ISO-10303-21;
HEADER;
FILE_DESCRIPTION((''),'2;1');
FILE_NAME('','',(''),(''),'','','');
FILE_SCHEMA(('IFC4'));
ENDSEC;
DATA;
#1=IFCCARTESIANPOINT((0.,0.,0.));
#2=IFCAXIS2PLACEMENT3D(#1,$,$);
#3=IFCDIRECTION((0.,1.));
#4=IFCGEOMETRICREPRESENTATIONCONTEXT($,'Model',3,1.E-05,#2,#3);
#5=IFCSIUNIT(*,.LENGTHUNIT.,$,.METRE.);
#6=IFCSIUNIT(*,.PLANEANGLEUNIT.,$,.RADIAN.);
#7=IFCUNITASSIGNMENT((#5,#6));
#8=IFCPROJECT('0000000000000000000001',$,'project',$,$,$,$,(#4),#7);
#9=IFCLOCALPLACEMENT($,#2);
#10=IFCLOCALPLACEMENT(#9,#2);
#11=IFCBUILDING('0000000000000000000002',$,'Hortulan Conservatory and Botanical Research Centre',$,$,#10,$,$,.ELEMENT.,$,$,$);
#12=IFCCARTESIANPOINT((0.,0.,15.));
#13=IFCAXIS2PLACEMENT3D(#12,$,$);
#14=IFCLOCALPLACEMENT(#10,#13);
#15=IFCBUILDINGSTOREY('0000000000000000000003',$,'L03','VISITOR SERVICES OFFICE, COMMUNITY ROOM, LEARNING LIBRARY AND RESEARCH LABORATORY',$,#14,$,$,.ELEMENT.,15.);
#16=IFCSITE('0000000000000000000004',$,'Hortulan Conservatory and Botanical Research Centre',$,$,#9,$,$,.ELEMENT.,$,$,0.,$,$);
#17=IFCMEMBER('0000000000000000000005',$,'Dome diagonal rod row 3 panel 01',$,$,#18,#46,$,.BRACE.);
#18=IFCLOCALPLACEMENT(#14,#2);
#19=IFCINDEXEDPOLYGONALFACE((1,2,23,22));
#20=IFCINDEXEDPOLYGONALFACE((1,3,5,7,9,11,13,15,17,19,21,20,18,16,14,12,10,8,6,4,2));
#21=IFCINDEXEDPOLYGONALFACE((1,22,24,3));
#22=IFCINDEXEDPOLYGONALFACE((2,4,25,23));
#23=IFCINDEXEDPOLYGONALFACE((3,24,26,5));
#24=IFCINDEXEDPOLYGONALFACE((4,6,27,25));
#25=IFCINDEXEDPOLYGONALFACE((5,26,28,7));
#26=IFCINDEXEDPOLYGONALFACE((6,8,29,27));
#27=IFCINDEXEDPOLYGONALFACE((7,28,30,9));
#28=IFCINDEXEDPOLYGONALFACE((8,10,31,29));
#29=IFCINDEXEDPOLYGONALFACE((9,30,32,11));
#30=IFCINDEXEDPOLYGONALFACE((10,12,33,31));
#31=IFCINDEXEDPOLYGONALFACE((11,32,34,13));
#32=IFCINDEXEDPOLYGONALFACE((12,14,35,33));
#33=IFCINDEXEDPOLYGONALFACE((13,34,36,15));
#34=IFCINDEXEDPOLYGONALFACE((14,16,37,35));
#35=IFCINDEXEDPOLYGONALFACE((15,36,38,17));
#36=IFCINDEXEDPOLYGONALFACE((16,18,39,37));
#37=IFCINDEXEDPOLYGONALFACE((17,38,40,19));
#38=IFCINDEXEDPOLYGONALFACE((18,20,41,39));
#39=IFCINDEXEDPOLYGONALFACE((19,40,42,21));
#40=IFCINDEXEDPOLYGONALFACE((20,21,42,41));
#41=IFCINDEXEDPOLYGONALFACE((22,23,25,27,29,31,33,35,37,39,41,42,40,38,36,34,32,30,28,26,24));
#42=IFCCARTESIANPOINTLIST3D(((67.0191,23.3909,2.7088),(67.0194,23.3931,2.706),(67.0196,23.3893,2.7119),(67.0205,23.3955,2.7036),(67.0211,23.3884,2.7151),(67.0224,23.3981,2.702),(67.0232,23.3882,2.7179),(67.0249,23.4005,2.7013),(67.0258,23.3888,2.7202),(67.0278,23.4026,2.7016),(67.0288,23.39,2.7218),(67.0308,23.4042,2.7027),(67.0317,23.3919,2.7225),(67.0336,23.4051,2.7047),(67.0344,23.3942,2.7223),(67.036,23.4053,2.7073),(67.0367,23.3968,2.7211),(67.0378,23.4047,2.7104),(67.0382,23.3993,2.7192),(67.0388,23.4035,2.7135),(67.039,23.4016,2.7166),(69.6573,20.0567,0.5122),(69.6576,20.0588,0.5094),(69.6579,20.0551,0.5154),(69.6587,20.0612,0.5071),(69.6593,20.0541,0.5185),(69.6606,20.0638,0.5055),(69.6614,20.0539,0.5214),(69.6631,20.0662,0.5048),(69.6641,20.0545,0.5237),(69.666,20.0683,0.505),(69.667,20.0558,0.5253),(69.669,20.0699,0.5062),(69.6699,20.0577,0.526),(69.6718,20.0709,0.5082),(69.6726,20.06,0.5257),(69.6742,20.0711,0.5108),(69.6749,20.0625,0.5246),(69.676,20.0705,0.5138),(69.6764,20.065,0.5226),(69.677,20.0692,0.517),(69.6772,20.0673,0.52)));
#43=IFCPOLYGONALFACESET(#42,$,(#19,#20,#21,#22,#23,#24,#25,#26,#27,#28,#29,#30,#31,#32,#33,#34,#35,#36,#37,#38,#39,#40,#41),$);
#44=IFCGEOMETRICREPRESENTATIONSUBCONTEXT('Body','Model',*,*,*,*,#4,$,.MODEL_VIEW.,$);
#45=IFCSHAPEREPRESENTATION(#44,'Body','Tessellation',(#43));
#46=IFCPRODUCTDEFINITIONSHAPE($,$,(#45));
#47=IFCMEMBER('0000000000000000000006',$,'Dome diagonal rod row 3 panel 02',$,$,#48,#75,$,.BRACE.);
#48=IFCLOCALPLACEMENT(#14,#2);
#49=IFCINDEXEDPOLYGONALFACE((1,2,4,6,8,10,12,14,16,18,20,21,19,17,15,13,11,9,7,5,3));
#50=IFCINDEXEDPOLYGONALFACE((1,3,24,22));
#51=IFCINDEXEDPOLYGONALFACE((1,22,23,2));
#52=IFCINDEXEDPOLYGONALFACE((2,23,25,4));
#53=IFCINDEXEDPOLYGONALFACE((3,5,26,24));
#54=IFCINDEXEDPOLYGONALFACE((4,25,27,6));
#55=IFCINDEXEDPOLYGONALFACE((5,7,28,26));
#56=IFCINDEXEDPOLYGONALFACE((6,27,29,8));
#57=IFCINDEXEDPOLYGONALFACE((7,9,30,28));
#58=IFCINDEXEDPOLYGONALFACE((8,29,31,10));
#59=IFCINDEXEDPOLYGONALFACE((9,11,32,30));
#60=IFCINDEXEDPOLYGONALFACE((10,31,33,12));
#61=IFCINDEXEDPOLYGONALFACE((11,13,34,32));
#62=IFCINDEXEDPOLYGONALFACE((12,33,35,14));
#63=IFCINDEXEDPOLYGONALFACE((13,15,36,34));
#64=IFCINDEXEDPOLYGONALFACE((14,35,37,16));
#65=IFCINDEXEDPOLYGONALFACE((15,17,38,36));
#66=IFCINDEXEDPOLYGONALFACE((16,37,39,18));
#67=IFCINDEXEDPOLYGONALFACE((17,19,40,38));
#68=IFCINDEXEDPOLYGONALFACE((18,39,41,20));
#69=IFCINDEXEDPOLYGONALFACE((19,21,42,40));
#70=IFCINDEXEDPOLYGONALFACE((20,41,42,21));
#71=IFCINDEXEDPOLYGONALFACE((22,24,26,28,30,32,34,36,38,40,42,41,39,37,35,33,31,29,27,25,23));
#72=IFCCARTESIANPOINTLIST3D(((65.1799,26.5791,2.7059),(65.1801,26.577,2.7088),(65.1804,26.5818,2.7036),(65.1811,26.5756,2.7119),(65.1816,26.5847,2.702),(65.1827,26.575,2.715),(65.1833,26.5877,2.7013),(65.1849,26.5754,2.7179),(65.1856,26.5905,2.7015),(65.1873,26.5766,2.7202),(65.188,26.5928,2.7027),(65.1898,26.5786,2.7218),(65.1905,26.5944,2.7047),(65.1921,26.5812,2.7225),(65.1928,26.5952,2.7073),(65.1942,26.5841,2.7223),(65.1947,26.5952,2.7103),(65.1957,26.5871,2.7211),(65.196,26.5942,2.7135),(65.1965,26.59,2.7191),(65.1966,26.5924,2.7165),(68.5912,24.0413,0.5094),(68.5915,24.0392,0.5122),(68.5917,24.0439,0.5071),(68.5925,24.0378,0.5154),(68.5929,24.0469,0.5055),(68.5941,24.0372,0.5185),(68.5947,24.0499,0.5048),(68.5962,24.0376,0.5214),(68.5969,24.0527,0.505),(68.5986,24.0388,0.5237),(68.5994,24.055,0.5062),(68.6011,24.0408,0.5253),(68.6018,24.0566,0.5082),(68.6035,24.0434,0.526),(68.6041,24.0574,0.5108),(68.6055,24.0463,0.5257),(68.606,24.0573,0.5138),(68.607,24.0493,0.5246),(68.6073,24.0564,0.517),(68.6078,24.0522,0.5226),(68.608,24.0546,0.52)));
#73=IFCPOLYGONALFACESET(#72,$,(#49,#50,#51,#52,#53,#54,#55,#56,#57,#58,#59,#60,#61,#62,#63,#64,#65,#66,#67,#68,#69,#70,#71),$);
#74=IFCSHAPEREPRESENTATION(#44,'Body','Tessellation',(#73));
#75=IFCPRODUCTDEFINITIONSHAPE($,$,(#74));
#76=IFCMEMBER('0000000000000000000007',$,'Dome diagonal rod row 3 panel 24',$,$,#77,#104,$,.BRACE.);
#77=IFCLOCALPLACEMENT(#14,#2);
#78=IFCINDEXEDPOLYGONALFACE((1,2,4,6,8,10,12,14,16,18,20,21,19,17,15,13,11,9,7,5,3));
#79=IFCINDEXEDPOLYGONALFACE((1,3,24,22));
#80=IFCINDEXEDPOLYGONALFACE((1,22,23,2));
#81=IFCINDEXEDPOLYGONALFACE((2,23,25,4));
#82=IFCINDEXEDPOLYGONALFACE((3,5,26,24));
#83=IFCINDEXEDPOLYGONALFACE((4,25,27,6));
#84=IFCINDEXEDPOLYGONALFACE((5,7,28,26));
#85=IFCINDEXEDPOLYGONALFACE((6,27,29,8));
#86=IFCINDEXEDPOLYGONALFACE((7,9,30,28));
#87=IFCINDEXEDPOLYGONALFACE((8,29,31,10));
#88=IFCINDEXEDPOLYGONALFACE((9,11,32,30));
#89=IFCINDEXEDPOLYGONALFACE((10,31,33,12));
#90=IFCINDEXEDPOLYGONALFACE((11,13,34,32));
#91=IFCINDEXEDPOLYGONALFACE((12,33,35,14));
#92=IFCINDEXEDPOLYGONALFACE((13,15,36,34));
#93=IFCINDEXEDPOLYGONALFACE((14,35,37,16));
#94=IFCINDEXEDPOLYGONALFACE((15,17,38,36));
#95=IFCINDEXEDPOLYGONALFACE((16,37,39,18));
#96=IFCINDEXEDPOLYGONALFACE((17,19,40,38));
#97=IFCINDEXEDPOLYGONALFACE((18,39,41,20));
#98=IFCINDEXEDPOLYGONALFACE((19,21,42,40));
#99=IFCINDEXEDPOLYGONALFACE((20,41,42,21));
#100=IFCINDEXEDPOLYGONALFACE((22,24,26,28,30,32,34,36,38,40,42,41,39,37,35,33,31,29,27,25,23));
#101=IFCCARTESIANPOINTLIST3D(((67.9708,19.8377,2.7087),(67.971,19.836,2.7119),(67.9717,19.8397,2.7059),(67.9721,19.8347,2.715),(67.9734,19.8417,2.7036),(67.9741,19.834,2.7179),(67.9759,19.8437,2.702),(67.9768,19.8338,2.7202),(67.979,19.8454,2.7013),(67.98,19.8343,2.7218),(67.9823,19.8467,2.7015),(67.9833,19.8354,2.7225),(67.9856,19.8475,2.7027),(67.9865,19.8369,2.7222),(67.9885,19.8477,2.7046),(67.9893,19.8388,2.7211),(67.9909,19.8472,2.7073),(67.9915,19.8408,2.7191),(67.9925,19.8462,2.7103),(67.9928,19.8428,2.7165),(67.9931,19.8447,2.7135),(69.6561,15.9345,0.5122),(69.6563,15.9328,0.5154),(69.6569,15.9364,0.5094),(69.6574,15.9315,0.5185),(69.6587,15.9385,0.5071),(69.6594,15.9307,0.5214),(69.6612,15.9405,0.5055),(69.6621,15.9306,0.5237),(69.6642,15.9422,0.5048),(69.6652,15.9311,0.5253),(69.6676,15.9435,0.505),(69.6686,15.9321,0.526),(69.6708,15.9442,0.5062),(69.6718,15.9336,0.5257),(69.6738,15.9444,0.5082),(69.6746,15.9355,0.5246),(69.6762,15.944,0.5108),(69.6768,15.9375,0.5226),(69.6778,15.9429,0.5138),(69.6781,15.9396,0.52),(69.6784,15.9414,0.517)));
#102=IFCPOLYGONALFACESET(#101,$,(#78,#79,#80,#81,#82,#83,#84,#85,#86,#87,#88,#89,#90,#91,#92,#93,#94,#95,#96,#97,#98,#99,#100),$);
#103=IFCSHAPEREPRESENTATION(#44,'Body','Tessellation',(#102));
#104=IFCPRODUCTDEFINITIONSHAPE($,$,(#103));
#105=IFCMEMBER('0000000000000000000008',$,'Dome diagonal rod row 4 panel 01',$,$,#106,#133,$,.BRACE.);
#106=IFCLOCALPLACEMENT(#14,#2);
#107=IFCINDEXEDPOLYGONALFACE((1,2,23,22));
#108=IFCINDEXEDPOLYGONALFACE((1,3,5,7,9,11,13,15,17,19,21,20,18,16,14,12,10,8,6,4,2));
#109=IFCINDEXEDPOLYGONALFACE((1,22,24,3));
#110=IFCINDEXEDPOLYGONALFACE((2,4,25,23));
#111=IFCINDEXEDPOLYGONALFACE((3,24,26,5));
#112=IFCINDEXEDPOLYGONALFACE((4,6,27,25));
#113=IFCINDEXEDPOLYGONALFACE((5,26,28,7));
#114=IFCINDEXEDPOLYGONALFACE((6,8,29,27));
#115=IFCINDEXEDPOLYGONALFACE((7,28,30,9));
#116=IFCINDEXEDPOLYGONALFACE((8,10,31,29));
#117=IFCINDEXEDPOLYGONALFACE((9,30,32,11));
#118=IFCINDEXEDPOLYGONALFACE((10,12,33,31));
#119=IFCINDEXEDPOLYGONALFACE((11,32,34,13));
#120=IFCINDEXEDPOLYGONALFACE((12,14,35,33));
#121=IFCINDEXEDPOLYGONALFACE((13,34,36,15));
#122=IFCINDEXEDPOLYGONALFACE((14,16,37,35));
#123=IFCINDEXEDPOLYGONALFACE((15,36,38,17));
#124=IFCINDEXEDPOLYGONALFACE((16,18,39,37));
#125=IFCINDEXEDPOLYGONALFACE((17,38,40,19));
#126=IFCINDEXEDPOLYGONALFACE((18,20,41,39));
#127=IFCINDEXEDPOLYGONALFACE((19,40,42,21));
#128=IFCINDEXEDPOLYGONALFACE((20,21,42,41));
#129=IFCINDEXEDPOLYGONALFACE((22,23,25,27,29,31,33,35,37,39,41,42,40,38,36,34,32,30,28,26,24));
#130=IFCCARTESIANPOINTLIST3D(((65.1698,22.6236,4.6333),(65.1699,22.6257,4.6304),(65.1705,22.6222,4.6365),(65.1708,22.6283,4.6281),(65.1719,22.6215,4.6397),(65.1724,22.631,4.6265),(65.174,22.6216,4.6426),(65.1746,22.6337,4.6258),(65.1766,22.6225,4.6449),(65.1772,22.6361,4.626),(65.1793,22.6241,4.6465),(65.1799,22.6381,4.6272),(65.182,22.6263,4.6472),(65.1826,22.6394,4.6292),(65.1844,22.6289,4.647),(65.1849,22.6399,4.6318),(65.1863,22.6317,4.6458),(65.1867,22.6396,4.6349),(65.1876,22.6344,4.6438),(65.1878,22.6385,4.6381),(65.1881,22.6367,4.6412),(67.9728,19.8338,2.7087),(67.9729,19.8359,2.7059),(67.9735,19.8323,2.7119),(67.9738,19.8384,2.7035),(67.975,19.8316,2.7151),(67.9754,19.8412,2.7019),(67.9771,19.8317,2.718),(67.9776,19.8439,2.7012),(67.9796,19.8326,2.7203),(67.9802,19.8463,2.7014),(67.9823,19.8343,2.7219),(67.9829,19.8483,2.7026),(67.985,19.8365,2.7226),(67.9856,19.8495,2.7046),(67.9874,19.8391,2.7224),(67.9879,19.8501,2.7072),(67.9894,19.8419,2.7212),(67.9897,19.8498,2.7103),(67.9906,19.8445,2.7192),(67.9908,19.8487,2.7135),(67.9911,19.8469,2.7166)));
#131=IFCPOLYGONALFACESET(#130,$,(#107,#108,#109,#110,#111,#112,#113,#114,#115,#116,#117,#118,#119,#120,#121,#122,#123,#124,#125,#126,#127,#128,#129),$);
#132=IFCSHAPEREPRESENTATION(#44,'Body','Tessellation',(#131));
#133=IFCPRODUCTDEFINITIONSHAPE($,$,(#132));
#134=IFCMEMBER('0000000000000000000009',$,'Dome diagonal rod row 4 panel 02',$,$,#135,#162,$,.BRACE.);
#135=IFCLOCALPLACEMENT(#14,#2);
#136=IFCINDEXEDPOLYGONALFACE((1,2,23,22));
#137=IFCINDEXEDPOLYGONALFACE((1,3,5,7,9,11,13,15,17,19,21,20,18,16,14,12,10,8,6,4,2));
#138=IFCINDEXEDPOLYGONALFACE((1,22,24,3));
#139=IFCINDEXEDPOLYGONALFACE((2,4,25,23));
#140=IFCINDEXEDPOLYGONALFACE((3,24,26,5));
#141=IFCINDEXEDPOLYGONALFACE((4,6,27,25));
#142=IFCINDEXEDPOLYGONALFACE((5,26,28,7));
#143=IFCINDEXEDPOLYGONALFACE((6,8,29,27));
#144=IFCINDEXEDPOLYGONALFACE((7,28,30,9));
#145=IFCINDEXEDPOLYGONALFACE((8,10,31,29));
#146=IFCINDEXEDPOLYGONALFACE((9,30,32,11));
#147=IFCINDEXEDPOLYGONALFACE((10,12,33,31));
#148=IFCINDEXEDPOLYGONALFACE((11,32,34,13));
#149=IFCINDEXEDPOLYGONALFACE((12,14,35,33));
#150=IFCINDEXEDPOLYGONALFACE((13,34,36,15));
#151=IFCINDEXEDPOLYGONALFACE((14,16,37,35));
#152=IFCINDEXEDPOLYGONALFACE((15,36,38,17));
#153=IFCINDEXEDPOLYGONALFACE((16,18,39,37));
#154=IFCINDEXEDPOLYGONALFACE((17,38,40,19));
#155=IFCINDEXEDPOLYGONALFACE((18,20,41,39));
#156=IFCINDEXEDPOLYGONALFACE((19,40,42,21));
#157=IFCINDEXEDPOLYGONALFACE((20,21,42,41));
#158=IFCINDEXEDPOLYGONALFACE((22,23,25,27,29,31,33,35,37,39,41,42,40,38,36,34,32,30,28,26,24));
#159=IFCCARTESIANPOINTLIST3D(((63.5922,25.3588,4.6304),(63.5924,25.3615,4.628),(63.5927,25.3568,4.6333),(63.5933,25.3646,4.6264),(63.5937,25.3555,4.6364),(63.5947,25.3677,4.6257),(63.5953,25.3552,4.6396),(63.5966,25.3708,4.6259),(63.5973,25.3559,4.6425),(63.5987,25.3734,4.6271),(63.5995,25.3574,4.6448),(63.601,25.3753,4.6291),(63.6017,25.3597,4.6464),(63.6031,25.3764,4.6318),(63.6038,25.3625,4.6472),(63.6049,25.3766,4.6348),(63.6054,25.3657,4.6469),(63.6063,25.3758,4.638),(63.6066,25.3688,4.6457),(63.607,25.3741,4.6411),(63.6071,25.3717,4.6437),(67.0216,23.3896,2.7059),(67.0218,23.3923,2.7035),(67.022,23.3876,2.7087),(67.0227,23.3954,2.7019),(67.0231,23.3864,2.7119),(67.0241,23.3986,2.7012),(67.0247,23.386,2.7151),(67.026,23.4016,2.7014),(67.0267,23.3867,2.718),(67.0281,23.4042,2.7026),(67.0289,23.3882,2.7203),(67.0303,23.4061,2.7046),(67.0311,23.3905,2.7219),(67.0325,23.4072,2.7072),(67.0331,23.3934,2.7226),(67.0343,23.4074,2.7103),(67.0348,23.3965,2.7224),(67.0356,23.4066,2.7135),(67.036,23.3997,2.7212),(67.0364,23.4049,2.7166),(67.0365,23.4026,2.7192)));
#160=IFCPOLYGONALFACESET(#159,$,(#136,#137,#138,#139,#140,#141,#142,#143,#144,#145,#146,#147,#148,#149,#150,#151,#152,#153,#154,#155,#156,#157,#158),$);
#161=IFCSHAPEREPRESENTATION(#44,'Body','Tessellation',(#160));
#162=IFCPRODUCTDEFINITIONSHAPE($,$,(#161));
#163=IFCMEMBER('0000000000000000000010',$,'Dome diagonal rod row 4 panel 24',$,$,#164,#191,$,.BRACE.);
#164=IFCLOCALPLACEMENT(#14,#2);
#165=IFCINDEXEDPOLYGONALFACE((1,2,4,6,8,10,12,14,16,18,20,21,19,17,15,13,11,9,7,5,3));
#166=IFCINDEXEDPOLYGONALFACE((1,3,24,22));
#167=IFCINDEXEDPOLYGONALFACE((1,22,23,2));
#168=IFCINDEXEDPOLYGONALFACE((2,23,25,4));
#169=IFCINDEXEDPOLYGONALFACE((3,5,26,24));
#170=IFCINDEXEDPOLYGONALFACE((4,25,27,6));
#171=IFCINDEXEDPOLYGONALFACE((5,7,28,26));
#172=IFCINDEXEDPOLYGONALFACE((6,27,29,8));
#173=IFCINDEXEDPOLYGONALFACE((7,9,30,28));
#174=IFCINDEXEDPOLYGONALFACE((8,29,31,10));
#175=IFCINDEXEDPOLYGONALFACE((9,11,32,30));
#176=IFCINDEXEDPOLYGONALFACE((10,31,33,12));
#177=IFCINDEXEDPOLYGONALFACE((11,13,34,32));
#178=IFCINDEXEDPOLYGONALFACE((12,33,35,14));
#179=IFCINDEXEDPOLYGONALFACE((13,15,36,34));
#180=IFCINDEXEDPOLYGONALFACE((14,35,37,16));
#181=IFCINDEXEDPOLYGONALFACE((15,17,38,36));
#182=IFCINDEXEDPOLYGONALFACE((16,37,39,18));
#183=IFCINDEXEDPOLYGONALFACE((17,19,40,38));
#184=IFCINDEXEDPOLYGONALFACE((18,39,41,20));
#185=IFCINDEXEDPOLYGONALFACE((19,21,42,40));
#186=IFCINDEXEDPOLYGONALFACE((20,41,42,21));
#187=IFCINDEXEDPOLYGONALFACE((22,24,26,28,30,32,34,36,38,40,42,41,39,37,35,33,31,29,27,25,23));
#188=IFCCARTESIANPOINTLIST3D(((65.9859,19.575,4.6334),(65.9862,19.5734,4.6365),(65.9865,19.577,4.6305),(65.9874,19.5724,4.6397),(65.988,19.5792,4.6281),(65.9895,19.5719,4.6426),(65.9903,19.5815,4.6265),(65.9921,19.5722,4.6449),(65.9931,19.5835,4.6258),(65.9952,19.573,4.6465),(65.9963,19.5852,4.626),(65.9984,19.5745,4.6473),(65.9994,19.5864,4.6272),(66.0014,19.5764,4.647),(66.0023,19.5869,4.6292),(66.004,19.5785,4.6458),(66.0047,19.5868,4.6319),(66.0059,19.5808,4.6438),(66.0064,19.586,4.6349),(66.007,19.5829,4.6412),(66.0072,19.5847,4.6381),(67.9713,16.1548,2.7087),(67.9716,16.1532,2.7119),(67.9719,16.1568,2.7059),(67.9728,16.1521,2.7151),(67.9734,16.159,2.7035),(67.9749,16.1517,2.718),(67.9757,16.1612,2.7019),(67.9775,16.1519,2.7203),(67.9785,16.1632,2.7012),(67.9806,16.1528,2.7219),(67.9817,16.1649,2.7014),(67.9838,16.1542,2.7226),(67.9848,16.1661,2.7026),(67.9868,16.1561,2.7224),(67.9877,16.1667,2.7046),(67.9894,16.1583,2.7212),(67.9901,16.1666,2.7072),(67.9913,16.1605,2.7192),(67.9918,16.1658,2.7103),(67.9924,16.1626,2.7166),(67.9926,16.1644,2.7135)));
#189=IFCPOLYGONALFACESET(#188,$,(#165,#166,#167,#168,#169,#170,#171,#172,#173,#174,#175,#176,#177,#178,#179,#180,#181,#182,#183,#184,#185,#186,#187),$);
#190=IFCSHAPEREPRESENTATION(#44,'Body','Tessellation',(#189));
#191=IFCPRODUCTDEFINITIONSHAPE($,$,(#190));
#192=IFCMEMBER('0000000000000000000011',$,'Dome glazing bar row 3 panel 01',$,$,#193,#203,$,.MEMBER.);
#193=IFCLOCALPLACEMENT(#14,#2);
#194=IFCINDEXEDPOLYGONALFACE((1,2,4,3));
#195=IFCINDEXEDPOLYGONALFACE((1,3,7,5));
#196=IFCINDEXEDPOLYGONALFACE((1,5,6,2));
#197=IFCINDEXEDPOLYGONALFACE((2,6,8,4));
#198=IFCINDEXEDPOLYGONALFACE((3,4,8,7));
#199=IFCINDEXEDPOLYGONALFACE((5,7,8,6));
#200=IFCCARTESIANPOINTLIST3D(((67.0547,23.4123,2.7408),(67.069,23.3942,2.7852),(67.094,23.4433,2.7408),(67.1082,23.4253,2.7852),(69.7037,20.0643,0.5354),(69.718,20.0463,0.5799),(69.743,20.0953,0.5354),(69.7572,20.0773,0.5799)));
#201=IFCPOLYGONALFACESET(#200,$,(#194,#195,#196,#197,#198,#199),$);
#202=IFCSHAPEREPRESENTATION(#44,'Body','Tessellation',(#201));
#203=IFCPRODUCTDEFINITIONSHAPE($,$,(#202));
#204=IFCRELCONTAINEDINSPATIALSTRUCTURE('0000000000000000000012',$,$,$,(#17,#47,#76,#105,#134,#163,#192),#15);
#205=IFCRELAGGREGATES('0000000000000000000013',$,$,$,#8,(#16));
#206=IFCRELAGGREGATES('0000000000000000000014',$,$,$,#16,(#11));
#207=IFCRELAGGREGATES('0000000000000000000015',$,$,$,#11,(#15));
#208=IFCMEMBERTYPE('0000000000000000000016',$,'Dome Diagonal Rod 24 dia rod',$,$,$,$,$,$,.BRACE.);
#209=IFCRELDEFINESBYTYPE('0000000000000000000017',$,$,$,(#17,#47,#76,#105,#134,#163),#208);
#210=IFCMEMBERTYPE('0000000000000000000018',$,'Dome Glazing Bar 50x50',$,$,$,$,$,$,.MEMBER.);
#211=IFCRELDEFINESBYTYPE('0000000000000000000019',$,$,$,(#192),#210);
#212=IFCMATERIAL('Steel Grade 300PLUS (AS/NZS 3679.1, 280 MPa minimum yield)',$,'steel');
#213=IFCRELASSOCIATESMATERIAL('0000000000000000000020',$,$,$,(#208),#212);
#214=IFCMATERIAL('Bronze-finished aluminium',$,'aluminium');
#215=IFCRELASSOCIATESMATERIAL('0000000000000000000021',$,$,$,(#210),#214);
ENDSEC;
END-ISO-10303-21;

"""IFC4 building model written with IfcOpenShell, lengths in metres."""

from ifc_helpers import new_model, si_unit, direction, frame, origin, origin_2d, place, context, subcontext, project, spatial, rectangle, circle, extrude, material, material_profile, profile_set, type_object, element, save


model = new_model("IFC4")

# Units and contexts
model_context = context("Model", 3, precision=1e-05, world=origin(), true_north=direction((0.0, 1.0)))
body_context = subcontext(model_context, "Body", "Model", "MODEL_VIEW")
ifc_project = project(units=[si_unit("LENGTHUNIT", "METRE"), si_unit("PLANEANGLEUNIT", "RADIAN")], contexts=[model_context])

# Site, building, storey
site_placement = place(None, origin())
site = spatial("IfcSite", under=ifc_project, at=site_placement, Name="Hortulan Conservatory and Botanical Research Centre", CompositionType="ELEMENT", RefElevation=0.0)
building_placement = place(site_placement, origin())
building = spatial("IfcBuilding", under=site, at=building_placement, Name="Hortulan Conservatory and Botanical Research Centre", CompositionType="ELEMENT")
storey_placement = place(building_placement, frame((0.0, 0.0, 15.0)))
storey = spatial("IfcBuildingStorey", under=building, at=storey_placement, Name="L03", Description="VISITOR SERVICES OFFICE, COMMUNITY ROOM, LEARNING LIBRARY AND RESEARCH LABORATORY", CompositionType="ELEMENT", Elevation=15.0)

# Members
ifc_material_1 = material(Name="Steel Grade 300PLUS (AS/NZS 3679.1, 280 MPa minimum yield)", Category="steel")
ifc_material_profile_1 = material_profile(ifc_material_1, circle(Radius=0.012, at=origin_2d()), Name="24 dia rod")
ifc_profile_set_1 = profile_set([ifc_material_profile_1], Name="Steel Grade 300PLUS (AS/NZS 3679.1, 280 MPa minimum yield)")
member_type_1 = type_object("IfcMemberType", Name="Dome Diagonal Rod 24 dia rod", PredefinedType="BRACE", material=ifc_profile_set_1)
for number, where, z_axis, x_axis, name in (
    (1, (69.6672, 20.0625, 0.5154), (-0.551277, 0.696723, 0.458989), (-0.784208, -0.620498, 0.0), "Dome diagonal rod row 3 panel 01"),
    (2, (68.5996, 24.0474, 0.5154), (-0.712828, 0.530297, 0.458979), (-0.596881, -0.80233, 0.0), "Dome diagonal rod row 3 panel 02"),
):
    element("IfcMember", number, at=place(storey_placement, frame(where, z_axis=z_axis, x_axis=x_axis)), inside=storey, type_object=member_type_1, Name=name, PredefinedType="BRACE", context=body_context, shape_type="SweptSolid", body=[
        extrude(circle(Radius=0.012, at=origin_2d()), origin(), (0.0, 0.0, 1.0), 4.7856),
    ])
member_1_placement = place(storey_placement, frame((69.6672, 15.9375, 0.5154), z_axis=(-0.352169, 0.815657, 0.458999), x_axis=(-0.918081, -0.396392, 0.0)))
element("IfcMember", 3, at=member_1_placement, inside=storey, type_object=member_type_1, Name="Dome diagonal rod row 3 panel 24", PredefinedType="BRACE", context=body_context, shape_type="SweptSolid", body=[
    extrude(circle(Radius=0.012, at=origin_2d()), origin(), (0.0, 0.0, 1.0), 4.7854),
])
member_2_placement = place(storey_placement, frame((67.9819, 19.8408, 2.7119), z_axis=(-0.637311, 0.634313, 0.437586), x_axis=(-0.705438, -0.708772, 0.0)))
element("IfcMember", 4, at=member_2_placement, inside=storey, type_object=member_type_1, Name="Dome diagonal rod row 4 panel 01", PredefinedType="BRACE", context=body_context, shape_type="SweptSolid", body=[
    extrude(circle(Radius=0.012, at=origin_2d()), origin(), (0.0, 0.0, 1.0), 4.3982),
])
member_3_placement = place(storey_placement, frame((67.0291, 23.3967, 2.7119), z_axis=(-0.779763, 0.447752, 0.437593), x_axis=(-0.49796, -0.8672, 0.0)))
element("IfcMember", 5, at=member_3_placement, inside=storey, type_object=member_type_1, Name="Dome diagonal rod row 4 panel 02", PredefinedType="BRACE", context=body_context, shape_type="SweptSolid", body=[
    extrude(circle(Radius=0.012, at=origin_2d()), origin(), (0.0, 0.0, 1.0), 4.3979),
])
member_4_placement = place(storey_placement, frame((67.9819, 16.1592, 2.7119), z_axis=(-0.451413, 0.77765, 0.437591), x_axis=(-0.864849, -0.502031, 0.0)))
element("IfcMember", 6, at=member_4_placement, inside=storey, type_object=member_type_1, Name="Dome diagonal rod row 4 panel 24", PredefinedType="BRACE", context=body_context, shape_type="SweptSolid", body=[
    extrude(circle(Radius=0.012, at=origin_2d()), origin(), (0.0, 0.0, 1.0), 4.3982),
])
ifc_material_2 = material(Name="Bronze-finished aluminium", Category="aluminium")
ifc_material_profile_2 = material_profile(ifc_material_2, rectangle(XDim=0.05, YDim=0.05, at=origin_2d()), Name="Square bar 50x50")
ifc_profile_set_2 = profile_set([ifc_material_profile_2], Name="Bronze-finished aluminium")
member_type_2 = type_object("IfcMemberType", Name="Dome Glazing Bar 50x50", PredefinedType="MEMBER", material=ifc_profile_set_2)
member_5_placement = place(storey_placement, frame((69.7305, 20.0708, 0.5576), z_axis=(-0.551277, 0.696743, 0.458957), x_axis=(-0.784216, -0.620488, 0.0)))
element("IfcMember", 7, at=member_5_placement, inside=storey, type_object=member_type_2, Name="Dome glazing bar row 3 panel 01", PredefinedType="MEMBER", context=body_context, shape_type="SweptSolid", body=[
    extrude(rectangle(XDim=0.05, YDim=0.05, at=origin_2d()), origin(), (0.0, 0.0, 1.0), 4.8052),
])

save(model, "model.ifc")
